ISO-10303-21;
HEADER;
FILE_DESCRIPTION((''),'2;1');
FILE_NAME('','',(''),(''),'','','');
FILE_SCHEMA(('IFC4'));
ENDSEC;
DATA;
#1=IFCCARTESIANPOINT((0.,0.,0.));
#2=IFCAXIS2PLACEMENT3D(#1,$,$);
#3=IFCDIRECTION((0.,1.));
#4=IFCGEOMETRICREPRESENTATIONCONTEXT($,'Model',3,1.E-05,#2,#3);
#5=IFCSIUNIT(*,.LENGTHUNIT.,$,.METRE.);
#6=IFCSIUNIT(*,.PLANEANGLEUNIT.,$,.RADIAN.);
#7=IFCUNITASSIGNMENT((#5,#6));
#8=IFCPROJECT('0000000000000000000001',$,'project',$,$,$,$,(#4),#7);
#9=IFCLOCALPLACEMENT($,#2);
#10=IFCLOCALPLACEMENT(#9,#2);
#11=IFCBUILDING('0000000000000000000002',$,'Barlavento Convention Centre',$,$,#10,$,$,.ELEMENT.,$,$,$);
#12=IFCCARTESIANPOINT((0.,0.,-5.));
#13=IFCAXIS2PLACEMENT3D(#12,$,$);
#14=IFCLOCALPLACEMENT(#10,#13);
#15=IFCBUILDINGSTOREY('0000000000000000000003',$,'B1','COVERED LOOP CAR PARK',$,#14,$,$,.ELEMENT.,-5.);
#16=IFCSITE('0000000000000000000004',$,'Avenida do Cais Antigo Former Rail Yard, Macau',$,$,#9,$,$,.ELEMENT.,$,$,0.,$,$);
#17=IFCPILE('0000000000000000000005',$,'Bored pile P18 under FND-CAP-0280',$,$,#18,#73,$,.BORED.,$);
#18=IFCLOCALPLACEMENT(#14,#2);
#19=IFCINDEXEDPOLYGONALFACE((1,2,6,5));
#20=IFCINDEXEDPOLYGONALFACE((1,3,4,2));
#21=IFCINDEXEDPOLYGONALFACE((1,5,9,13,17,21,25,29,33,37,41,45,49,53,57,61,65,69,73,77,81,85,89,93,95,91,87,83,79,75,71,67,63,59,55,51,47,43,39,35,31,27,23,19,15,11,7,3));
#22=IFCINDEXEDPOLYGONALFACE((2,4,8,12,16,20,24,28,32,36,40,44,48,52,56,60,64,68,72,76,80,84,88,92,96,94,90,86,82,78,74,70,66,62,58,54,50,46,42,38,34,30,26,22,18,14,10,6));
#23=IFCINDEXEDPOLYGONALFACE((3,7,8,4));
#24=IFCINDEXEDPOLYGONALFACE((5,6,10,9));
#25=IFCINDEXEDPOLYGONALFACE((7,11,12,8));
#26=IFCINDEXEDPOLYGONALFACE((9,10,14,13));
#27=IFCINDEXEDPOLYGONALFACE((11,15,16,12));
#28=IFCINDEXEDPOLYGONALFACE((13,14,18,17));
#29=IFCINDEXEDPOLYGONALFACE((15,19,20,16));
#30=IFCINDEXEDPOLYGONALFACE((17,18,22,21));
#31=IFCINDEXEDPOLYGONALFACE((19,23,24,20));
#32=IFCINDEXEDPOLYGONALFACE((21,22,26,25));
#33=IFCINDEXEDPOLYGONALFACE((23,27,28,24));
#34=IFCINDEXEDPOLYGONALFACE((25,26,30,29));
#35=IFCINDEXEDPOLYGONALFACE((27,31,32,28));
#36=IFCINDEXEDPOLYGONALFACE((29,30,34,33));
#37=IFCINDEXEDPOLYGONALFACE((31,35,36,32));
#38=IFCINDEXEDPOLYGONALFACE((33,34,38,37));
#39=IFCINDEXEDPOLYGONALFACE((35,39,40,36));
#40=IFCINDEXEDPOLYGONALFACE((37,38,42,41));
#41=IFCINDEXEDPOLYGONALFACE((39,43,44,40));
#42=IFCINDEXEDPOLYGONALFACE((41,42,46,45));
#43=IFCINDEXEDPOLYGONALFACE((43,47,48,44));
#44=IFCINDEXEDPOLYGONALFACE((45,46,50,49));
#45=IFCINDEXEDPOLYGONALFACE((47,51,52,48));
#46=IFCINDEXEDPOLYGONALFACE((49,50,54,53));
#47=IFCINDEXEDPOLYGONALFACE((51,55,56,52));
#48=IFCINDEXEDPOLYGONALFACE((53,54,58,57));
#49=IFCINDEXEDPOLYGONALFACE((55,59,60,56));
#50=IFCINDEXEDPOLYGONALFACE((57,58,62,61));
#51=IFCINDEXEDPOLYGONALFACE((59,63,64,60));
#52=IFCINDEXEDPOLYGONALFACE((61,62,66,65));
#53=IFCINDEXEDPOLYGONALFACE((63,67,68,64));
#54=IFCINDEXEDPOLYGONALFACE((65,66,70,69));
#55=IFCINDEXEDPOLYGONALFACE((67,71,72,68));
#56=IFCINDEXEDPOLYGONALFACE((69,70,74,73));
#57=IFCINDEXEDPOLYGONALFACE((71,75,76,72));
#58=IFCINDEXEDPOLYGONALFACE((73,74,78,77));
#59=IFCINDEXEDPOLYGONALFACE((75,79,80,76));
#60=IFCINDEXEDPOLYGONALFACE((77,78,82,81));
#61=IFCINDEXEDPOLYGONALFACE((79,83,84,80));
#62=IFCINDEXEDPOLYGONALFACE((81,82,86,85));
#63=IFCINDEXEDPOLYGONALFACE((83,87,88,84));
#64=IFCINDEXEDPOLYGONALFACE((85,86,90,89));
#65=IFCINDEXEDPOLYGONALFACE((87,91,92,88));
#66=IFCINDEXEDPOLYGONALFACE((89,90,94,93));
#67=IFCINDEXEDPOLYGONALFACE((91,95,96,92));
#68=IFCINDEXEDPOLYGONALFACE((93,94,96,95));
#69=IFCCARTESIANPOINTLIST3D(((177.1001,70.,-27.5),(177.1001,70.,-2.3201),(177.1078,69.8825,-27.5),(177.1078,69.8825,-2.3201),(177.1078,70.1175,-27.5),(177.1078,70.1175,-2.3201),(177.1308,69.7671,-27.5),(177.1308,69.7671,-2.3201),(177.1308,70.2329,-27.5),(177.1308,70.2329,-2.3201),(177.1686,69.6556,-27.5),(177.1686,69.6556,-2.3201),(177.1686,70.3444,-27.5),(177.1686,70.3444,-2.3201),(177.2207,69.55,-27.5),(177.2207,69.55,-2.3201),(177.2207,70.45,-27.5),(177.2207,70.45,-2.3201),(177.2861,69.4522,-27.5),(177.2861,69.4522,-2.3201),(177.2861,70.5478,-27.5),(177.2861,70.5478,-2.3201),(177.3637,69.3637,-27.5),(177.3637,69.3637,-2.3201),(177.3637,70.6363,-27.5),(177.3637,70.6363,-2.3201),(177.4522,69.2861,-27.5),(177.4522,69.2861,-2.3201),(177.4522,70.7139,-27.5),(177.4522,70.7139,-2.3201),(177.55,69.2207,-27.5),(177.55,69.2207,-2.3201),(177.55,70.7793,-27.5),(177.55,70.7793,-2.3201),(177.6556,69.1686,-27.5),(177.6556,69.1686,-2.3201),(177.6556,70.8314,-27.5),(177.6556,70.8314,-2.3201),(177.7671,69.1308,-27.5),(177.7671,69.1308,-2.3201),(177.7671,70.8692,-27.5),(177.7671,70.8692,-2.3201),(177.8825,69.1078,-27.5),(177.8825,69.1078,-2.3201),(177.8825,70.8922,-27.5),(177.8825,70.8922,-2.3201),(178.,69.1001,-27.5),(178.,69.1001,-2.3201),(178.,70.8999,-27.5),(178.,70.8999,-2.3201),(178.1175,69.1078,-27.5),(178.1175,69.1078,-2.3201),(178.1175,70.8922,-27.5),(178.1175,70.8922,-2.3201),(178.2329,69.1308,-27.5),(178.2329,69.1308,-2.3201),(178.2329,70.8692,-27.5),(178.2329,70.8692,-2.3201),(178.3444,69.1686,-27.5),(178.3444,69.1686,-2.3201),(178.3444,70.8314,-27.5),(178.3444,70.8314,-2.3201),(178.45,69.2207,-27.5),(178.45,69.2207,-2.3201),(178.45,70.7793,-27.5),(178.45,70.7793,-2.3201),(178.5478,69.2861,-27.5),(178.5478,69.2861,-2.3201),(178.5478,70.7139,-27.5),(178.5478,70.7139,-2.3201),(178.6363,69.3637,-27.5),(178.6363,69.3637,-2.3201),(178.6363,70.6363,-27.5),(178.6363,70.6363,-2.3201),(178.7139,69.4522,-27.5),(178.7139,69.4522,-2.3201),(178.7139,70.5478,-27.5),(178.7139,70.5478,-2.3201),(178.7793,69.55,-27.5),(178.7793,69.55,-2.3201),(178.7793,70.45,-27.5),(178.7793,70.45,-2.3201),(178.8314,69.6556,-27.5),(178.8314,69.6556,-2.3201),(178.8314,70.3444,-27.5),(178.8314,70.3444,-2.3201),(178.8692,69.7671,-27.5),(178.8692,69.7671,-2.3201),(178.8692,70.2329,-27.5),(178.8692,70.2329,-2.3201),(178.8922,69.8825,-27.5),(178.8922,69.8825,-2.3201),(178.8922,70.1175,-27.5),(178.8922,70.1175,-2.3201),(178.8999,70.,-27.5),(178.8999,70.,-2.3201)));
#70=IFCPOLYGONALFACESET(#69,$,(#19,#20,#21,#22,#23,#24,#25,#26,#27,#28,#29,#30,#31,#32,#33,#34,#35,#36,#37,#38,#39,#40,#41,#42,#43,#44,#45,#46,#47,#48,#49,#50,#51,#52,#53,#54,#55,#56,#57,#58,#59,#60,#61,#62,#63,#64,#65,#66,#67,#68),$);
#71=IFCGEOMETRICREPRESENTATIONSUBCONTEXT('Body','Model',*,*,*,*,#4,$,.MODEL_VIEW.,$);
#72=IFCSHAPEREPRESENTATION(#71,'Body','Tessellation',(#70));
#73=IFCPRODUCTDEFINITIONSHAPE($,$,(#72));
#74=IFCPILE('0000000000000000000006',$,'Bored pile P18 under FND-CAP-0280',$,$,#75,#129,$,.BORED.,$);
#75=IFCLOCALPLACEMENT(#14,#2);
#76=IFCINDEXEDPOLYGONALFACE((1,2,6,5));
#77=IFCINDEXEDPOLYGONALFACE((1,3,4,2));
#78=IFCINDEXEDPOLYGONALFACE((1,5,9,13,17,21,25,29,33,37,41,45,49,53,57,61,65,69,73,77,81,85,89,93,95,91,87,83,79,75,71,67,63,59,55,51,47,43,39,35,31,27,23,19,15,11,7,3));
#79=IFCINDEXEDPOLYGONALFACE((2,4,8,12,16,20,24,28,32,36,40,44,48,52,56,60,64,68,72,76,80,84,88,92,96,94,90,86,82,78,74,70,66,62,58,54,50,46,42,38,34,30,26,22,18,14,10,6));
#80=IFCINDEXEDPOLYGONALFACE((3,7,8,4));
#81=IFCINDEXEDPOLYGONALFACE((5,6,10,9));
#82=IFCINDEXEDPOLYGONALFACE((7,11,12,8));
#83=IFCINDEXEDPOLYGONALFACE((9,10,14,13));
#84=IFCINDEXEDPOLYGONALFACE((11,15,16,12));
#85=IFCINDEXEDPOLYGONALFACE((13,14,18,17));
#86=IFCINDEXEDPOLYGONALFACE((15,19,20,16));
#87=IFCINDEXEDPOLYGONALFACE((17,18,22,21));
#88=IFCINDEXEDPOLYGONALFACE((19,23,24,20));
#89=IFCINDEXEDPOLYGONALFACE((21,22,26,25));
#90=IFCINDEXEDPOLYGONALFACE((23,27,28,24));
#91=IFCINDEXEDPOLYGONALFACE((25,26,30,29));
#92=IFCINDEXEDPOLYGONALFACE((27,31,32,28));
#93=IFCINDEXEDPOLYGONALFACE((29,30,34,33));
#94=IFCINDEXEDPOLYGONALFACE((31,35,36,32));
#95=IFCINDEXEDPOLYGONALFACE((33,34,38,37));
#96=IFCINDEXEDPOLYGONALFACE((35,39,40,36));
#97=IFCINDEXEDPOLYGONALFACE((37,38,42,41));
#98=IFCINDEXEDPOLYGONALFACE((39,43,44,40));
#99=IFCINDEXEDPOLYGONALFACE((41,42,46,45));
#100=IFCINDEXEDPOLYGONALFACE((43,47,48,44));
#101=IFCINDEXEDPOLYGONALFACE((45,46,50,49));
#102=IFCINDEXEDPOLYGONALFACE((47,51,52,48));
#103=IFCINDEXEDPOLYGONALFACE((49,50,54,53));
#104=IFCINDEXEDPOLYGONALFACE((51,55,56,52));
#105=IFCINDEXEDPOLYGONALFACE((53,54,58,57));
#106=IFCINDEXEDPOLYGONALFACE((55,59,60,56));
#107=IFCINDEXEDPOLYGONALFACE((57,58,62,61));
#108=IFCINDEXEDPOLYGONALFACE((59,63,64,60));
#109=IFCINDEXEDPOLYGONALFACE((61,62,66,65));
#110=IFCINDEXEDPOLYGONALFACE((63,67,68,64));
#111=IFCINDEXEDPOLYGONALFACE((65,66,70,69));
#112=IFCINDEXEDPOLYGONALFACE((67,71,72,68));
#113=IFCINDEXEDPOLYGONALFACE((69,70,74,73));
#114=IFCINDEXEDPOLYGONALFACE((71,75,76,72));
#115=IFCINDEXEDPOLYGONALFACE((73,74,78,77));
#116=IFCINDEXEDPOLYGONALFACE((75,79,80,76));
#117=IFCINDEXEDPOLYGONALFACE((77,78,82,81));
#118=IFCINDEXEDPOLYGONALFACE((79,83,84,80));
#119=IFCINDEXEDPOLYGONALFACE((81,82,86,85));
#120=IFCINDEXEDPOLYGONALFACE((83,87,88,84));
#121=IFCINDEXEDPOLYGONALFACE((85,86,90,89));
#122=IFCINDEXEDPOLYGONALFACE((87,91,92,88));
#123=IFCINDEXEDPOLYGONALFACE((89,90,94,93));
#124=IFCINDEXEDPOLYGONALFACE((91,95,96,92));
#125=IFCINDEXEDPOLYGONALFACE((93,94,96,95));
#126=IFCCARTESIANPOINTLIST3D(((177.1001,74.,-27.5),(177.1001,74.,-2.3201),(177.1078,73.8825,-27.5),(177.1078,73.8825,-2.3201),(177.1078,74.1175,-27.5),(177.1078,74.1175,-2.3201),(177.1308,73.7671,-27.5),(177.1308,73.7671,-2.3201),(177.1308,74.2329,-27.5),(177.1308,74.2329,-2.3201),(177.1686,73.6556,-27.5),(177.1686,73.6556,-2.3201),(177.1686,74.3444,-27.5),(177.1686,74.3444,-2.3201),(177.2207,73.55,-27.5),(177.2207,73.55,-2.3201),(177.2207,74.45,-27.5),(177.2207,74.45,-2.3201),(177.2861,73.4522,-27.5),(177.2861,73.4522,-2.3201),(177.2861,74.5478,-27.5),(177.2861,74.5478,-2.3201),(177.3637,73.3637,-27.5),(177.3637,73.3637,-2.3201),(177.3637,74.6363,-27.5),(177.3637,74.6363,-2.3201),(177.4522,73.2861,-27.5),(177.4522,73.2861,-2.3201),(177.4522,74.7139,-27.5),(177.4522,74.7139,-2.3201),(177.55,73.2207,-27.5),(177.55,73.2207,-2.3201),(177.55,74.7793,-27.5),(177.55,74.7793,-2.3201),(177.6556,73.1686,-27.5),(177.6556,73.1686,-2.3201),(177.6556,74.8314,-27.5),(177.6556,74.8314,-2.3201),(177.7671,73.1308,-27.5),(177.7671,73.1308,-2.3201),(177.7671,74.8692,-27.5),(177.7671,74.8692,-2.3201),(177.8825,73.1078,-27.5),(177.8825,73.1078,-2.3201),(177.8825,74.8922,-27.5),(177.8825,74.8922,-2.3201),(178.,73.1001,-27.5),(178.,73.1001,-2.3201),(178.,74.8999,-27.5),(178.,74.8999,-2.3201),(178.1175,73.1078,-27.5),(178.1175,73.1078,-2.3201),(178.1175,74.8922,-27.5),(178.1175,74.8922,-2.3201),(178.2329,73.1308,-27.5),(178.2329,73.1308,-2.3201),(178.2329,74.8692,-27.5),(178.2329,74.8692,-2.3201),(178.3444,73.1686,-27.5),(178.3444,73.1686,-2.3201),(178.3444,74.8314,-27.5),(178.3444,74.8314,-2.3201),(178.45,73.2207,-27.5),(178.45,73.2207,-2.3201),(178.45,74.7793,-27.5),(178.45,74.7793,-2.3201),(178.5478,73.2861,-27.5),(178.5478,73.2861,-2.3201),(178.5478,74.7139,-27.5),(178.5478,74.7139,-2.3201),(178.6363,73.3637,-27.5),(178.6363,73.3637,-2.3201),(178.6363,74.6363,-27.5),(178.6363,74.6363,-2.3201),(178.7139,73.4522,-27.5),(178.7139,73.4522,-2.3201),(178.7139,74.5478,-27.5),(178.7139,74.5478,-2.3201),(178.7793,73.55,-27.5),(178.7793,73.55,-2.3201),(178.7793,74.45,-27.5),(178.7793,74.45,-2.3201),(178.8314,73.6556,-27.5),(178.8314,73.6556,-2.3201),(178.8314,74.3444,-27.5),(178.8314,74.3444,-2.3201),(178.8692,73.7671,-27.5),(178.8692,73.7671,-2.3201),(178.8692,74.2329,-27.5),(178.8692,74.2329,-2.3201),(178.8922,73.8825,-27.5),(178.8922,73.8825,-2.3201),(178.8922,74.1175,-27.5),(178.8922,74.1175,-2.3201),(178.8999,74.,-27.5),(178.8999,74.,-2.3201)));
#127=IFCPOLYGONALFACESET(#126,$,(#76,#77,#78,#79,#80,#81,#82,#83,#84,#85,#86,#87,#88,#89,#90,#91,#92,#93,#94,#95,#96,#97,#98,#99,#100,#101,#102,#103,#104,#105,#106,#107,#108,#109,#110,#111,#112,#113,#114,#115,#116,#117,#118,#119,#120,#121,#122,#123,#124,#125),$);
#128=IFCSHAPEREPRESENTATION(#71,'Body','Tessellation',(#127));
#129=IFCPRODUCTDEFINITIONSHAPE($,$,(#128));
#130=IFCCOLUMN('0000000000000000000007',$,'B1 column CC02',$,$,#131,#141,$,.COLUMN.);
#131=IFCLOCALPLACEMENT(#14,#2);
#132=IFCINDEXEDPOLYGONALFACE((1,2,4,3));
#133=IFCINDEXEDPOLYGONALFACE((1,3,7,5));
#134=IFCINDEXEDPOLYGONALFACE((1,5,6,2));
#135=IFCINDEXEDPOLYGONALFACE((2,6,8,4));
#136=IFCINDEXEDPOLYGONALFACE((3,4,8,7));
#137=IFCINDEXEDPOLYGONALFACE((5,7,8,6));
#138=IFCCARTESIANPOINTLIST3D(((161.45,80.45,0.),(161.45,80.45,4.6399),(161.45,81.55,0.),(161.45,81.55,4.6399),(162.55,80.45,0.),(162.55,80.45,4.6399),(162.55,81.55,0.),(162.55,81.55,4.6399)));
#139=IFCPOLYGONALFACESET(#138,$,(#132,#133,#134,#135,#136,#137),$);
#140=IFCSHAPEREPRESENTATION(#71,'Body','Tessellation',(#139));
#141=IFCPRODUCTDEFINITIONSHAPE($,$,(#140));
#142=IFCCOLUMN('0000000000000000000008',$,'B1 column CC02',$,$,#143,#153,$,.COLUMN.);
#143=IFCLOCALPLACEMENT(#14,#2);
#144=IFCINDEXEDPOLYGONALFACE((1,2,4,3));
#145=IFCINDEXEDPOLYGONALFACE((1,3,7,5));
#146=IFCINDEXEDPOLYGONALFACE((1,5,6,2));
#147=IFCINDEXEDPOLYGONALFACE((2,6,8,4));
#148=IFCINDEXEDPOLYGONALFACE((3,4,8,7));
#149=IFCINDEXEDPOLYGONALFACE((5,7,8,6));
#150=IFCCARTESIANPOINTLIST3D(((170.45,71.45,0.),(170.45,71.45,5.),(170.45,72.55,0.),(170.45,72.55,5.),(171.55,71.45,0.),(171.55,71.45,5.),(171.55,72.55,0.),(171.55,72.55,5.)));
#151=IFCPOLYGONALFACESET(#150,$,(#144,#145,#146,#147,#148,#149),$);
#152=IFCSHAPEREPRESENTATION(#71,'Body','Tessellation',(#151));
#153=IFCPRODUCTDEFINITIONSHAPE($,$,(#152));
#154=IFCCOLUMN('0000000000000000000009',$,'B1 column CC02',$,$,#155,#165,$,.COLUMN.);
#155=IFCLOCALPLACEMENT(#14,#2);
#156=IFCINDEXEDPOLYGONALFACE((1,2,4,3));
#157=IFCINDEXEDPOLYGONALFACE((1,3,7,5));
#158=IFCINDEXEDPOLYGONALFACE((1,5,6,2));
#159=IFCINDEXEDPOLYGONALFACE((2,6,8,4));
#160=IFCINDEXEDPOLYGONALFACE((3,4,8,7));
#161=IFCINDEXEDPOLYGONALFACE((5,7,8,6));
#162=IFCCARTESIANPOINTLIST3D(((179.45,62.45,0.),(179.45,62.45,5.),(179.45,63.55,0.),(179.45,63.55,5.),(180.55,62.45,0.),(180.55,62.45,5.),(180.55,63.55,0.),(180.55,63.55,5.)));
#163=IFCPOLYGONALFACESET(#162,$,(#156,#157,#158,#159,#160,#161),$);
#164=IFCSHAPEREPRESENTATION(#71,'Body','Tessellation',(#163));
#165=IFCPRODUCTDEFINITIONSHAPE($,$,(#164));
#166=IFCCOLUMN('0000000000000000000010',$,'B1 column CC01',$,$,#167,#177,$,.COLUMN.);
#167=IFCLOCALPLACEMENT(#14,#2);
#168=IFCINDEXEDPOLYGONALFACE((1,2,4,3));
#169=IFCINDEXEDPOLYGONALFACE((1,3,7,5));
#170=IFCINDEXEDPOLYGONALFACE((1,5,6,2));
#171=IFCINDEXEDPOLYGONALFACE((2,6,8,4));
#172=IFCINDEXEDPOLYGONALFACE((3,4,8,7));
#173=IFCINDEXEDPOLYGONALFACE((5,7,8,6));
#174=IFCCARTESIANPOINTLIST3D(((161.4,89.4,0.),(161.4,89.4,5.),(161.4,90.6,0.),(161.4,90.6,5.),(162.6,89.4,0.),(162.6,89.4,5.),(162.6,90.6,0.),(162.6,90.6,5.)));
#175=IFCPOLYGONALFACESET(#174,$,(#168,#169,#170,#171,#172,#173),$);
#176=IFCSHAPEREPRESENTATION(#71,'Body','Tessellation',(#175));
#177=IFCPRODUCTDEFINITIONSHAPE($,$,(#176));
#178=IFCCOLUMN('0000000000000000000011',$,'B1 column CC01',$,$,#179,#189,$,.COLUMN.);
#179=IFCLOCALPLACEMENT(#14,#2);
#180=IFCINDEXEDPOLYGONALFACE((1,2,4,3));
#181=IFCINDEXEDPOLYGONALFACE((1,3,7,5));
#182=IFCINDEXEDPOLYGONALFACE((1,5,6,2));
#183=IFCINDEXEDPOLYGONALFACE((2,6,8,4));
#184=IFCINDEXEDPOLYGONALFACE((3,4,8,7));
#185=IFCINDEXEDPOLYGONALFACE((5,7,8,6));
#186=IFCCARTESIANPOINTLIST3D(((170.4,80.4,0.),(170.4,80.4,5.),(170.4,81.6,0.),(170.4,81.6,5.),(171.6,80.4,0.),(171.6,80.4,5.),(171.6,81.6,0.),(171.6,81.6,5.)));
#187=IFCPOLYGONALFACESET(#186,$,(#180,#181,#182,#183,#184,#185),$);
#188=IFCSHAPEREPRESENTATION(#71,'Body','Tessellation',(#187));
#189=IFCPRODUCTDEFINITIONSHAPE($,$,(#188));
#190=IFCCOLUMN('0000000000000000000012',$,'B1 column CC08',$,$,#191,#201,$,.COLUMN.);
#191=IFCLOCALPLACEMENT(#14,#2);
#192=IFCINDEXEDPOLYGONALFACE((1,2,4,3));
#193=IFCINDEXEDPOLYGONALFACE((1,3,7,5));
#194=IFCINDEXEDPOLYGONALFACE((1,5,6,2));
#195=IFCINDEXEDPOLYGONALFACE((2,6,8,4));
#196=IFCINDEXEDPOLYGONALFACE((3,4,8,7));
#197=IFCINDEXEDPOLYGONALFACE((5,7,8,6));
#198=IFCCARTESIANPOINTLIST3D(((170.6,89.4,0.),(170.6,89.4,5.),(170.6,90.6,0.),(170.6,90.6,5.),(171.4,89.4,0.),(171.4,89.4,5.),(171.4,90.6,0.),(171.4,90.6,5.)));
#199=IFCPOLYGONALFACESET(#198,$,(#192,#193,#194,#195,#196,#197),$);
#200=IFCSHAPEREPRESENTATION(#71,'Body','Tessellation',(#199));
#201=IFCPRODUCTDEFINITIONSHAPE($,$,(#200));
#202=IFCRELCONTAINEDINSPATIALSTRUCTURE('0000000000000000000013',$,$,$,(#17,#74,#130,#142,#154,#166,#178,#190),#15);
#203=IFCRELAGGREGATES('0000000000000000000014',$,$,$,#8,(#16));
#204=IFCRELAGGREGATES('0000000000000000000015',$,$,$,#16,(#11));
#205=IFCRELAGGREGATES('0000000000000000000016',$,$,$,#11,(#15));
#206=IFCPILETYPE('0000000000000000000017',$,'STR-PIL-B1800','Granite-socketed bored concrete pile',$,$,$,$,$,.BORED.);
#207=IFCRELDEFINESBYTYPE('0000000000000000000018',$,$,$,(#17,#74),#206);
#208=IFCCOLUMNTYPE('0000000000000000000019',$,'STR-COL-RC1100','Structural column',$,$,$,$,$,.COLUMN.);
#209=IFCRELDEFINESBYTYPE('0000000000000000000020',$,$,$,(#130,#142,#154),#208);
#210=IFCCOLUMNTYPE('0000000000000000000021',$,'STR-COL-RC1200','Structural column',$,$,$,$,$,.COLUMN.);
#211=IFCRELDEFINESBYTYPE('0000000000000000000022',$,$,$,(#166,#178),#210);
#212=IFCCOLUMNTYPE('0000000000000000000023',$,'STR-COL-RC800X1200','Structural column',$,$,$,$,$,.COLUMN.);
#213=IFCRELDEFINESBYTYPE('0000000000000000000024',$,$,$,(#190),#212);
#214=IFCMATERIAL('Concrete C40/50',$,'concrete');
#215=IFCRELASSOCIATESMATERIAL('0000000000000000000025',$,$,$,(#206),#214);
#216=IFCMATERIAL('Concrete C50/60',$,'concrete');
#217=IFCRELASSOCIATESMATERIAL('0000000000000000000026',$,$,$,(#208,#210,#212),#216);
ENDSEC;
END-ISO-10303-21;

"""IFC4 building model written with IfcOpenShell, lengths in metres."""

from ifc_helpers import new_model, si_unit, direction, frame, origin, origin_2d, place, context, subcontext, project, spatial, rectangle, circle, extrude, material, material_profile, profile_set, type_object, element, save


model = new_model("IFC4")

# Units and contexts
model_context = context("Model", 3, precision=1e-05, world=origin(), true_north=direction((0.0, 1.0)))
body_context = subcontext(model_context, "Body", "Model", "MODEL_VIEW")
ifc_project = project(units=[si_unit("LENGTHUNIT", "METRE"), si_unit("PLANEANGLEUNIT", "RADIAN")], contexts=[model_context])

# Site, building, storey
site_placement = place(None, origin())
site = spatial("IfcSite", under=ifc_project, at=site_placement, Name="Avenida do Cais Antigo Former Rail Yard, Macau", CompositionType="ELEMENT", RefElevation=0.0)
building_placement = place(site_placement, origin())
building = spatial("IfcBuilding", under=site, at=building_placement, Name="Barlavento Convention Centre", CompositionType="ELEMENT")
storey_placement = place(building_placement, frame((0.0, 0.0, -5.0)))
storey = spatial("IfcBuildingStorey", under=building, at=storey_placement, Name="B1", Description="COVERED LOOP CAR PARK", CompositionType="ELEMENT", Elevation=-5.0)

# Shared definitions
ifc_material_1 = material(Name="Concrete C40/50", Category="concrete")

# Piles
ifc_material_profile_1 = material_profile(ifc_material_1, circle(Radius=0.8999, at=origin_2d()), Name="BORED PILE 1800")
ifc_profile_set_1 = profile_set([ifc_material_profile_1], Name="Concrete C40/50")
pile_type_1 = type_object("IfcPileType", Name="STR-PIL-B1800", Description="Granite-socketed bored concrete pile", PredefinedType="BORED", material=ifc_profile_set_1)
for number, where, z_axis, x_axis, name in (
    (1, (178.0, 70.0, -2.3201), (0.0, 0.0, -1.0), (1.0, 0.0, 0.0), "Bored pile P18 under FND-CAP-0280"),
    (2, (178.0, 74.0, -2.3201), (0.0, 0.0, -1.0), (1.0, 0.0, 0.0), "Bored pile P18 under FND-CAP-0280"),
):
    element("IfcPile", number, at=place(storey_placement, frame(where, z_axis=z_axis, x_axis=x_axis)), inside=storey, type_object=pile_type_1, Name=name, PredefinedType="BORED", context=body_context, shape_type="SweptSolid", body=[
        extrude(circle(Radius=0.8999, at=origin_2d()), origin(), (0.0, 0.0, 1.0), 25.1799),
    ])

# Columns
ifc_material_2 = material(Name="Concrete C50/60", Category="concrete")
ifc_material_profile_2 = material_profile(ifc_material_2, rectangle(XDim=1.1001, YDim=1.1001, at=origin_2d()), Name="RC 1100x1100")
ifc_profile_set_2 = profile_set([ifc_material_profile_2], Name="Concrete C50/60")
column_type_1 = type_object("IfcColumnType", Name="STR-COL-RC1100", Description="Structural column", PredefinedType="COLUMN", material=ifc_profile_set_2)
column_1_placement = place(storey_placement, frame((162.0, 81.0, 0.0), z_axis=(0.0, 0.0, 1.0), x_axis=(1.0, 0.0, 0.0)))
element("IfcColumn", 3, at=column_1_placement, inside=storey, type_object=column_type_1, Name="B1 column CC02", PredefinedType="COLUMN", context=body_context, shape_type="SweptSolid", body=[
    extrude(rectangle(XDim=1.1001, YDim=1.1001, at=origin_2d()), origin(), (0.0, 0.0, 1.0), 4.6399),
])
for number, where, z_axis, x_axis, name in (
    (4, (171.0, 72.0, 0.0), (0.0, 0.0, 1.0), (1.0, 0.0, 0.0), "B1 column CC02"),
    (5, (180.0, 63.0, 0.0), (0.0, 0.0, 1.0), (1.0, 0.0, 0.0), "B1 column CC02"),
):
    element("IfcColumn", number, at=place(storey_placement, frame(where, z_axis=z_axis, x_axis=x_axis)), inside=storey, type_object=column_type_1, Name=name, PredefinedType="COLUMN", context=body_context, shape_type="SweptSolid", body=[
        extrude(rectangle(XDim=1.1001, YDim=1.1001, at=origin_2d()), origin(), (0.0, 0.0, 1.0), 5.0),
    ])
ifc_material_profile_3 = material_profile(ifc_material_2, rectangle(XDim=1.2, YDim=1.2, at=origin_2d()), Name="RC 1200x1200")
ifc_profile_set_3 = profile_set([ifc_material_profile_3], Name="Concrete C50/60")
column_type_2 = type_object("IfcColumnType", Name="STR-COL-RC1200", Description="Structural column", PredefinedType="COLUMN", material=ifc_profile_set_3)
for number, where, z_axis, x_axis, name in (
    (6, (162.0, 90.0, 0.0), (0.0, 0.0, 1.0), (1.0, 0.0, 0.0), "B1 column CC01"),
    (7, (171.0, 81.0, 0.0), (0.0, 0.0, 1.0), (1.0, 0.0, 0.0), "B1 column CC01"),
):
    element("IfcColumn", number, at=place(storey_placement, frame(where, z_axis=z_axis, x_axis=x_axis)), inside=storey, type_object=column_type_2, Name=name, PredefinedType="COLUMN", context=body_context, shape_type="SweptSolid", body=[
        extrude(rectangle(XDim=1.2, YDim=1.2, at=origin_2d()), origin(), (0.0, 0.0, 1.0), 5.0),
    ])
ifc_material_profile_4 = material_profile(ifc_material_2, rectangle(XDim=0.8, YDim=1.2, at=origin_2d()), Name="RC 800x1200")
ifc_profile_set_4 = profile_set([ifc_material_profile_4], Name="Concrete C50/60")
column_type_3 = type_object("IfcColumnType", Name="STR-COL-RC800X1200", Description="Structural column", PredefinedType="COLUMN", material=ifc_profile_set_4)
column_2_placement = place(storey_placement, frame((171.0, 90.0, 0.0), z_axis=(0.0, 0.0, 1.0), x_axis=(1.0, 0.0, 0.0)))
element("IfcColumn", 8, at=column_2_placement, inside=storey, type_object=column_type_3, Name="B1 column CC08", PredefinedType="COLUMN", context=body_context, shape_type="SweptSolid", body=[
    extrude(rectangle(XDim=0.8, YDim=1.2, at=origin_2d()), origin(), (0.0, 0.0, 1.0), 5.0),
])

save(model, "model.ifc")
